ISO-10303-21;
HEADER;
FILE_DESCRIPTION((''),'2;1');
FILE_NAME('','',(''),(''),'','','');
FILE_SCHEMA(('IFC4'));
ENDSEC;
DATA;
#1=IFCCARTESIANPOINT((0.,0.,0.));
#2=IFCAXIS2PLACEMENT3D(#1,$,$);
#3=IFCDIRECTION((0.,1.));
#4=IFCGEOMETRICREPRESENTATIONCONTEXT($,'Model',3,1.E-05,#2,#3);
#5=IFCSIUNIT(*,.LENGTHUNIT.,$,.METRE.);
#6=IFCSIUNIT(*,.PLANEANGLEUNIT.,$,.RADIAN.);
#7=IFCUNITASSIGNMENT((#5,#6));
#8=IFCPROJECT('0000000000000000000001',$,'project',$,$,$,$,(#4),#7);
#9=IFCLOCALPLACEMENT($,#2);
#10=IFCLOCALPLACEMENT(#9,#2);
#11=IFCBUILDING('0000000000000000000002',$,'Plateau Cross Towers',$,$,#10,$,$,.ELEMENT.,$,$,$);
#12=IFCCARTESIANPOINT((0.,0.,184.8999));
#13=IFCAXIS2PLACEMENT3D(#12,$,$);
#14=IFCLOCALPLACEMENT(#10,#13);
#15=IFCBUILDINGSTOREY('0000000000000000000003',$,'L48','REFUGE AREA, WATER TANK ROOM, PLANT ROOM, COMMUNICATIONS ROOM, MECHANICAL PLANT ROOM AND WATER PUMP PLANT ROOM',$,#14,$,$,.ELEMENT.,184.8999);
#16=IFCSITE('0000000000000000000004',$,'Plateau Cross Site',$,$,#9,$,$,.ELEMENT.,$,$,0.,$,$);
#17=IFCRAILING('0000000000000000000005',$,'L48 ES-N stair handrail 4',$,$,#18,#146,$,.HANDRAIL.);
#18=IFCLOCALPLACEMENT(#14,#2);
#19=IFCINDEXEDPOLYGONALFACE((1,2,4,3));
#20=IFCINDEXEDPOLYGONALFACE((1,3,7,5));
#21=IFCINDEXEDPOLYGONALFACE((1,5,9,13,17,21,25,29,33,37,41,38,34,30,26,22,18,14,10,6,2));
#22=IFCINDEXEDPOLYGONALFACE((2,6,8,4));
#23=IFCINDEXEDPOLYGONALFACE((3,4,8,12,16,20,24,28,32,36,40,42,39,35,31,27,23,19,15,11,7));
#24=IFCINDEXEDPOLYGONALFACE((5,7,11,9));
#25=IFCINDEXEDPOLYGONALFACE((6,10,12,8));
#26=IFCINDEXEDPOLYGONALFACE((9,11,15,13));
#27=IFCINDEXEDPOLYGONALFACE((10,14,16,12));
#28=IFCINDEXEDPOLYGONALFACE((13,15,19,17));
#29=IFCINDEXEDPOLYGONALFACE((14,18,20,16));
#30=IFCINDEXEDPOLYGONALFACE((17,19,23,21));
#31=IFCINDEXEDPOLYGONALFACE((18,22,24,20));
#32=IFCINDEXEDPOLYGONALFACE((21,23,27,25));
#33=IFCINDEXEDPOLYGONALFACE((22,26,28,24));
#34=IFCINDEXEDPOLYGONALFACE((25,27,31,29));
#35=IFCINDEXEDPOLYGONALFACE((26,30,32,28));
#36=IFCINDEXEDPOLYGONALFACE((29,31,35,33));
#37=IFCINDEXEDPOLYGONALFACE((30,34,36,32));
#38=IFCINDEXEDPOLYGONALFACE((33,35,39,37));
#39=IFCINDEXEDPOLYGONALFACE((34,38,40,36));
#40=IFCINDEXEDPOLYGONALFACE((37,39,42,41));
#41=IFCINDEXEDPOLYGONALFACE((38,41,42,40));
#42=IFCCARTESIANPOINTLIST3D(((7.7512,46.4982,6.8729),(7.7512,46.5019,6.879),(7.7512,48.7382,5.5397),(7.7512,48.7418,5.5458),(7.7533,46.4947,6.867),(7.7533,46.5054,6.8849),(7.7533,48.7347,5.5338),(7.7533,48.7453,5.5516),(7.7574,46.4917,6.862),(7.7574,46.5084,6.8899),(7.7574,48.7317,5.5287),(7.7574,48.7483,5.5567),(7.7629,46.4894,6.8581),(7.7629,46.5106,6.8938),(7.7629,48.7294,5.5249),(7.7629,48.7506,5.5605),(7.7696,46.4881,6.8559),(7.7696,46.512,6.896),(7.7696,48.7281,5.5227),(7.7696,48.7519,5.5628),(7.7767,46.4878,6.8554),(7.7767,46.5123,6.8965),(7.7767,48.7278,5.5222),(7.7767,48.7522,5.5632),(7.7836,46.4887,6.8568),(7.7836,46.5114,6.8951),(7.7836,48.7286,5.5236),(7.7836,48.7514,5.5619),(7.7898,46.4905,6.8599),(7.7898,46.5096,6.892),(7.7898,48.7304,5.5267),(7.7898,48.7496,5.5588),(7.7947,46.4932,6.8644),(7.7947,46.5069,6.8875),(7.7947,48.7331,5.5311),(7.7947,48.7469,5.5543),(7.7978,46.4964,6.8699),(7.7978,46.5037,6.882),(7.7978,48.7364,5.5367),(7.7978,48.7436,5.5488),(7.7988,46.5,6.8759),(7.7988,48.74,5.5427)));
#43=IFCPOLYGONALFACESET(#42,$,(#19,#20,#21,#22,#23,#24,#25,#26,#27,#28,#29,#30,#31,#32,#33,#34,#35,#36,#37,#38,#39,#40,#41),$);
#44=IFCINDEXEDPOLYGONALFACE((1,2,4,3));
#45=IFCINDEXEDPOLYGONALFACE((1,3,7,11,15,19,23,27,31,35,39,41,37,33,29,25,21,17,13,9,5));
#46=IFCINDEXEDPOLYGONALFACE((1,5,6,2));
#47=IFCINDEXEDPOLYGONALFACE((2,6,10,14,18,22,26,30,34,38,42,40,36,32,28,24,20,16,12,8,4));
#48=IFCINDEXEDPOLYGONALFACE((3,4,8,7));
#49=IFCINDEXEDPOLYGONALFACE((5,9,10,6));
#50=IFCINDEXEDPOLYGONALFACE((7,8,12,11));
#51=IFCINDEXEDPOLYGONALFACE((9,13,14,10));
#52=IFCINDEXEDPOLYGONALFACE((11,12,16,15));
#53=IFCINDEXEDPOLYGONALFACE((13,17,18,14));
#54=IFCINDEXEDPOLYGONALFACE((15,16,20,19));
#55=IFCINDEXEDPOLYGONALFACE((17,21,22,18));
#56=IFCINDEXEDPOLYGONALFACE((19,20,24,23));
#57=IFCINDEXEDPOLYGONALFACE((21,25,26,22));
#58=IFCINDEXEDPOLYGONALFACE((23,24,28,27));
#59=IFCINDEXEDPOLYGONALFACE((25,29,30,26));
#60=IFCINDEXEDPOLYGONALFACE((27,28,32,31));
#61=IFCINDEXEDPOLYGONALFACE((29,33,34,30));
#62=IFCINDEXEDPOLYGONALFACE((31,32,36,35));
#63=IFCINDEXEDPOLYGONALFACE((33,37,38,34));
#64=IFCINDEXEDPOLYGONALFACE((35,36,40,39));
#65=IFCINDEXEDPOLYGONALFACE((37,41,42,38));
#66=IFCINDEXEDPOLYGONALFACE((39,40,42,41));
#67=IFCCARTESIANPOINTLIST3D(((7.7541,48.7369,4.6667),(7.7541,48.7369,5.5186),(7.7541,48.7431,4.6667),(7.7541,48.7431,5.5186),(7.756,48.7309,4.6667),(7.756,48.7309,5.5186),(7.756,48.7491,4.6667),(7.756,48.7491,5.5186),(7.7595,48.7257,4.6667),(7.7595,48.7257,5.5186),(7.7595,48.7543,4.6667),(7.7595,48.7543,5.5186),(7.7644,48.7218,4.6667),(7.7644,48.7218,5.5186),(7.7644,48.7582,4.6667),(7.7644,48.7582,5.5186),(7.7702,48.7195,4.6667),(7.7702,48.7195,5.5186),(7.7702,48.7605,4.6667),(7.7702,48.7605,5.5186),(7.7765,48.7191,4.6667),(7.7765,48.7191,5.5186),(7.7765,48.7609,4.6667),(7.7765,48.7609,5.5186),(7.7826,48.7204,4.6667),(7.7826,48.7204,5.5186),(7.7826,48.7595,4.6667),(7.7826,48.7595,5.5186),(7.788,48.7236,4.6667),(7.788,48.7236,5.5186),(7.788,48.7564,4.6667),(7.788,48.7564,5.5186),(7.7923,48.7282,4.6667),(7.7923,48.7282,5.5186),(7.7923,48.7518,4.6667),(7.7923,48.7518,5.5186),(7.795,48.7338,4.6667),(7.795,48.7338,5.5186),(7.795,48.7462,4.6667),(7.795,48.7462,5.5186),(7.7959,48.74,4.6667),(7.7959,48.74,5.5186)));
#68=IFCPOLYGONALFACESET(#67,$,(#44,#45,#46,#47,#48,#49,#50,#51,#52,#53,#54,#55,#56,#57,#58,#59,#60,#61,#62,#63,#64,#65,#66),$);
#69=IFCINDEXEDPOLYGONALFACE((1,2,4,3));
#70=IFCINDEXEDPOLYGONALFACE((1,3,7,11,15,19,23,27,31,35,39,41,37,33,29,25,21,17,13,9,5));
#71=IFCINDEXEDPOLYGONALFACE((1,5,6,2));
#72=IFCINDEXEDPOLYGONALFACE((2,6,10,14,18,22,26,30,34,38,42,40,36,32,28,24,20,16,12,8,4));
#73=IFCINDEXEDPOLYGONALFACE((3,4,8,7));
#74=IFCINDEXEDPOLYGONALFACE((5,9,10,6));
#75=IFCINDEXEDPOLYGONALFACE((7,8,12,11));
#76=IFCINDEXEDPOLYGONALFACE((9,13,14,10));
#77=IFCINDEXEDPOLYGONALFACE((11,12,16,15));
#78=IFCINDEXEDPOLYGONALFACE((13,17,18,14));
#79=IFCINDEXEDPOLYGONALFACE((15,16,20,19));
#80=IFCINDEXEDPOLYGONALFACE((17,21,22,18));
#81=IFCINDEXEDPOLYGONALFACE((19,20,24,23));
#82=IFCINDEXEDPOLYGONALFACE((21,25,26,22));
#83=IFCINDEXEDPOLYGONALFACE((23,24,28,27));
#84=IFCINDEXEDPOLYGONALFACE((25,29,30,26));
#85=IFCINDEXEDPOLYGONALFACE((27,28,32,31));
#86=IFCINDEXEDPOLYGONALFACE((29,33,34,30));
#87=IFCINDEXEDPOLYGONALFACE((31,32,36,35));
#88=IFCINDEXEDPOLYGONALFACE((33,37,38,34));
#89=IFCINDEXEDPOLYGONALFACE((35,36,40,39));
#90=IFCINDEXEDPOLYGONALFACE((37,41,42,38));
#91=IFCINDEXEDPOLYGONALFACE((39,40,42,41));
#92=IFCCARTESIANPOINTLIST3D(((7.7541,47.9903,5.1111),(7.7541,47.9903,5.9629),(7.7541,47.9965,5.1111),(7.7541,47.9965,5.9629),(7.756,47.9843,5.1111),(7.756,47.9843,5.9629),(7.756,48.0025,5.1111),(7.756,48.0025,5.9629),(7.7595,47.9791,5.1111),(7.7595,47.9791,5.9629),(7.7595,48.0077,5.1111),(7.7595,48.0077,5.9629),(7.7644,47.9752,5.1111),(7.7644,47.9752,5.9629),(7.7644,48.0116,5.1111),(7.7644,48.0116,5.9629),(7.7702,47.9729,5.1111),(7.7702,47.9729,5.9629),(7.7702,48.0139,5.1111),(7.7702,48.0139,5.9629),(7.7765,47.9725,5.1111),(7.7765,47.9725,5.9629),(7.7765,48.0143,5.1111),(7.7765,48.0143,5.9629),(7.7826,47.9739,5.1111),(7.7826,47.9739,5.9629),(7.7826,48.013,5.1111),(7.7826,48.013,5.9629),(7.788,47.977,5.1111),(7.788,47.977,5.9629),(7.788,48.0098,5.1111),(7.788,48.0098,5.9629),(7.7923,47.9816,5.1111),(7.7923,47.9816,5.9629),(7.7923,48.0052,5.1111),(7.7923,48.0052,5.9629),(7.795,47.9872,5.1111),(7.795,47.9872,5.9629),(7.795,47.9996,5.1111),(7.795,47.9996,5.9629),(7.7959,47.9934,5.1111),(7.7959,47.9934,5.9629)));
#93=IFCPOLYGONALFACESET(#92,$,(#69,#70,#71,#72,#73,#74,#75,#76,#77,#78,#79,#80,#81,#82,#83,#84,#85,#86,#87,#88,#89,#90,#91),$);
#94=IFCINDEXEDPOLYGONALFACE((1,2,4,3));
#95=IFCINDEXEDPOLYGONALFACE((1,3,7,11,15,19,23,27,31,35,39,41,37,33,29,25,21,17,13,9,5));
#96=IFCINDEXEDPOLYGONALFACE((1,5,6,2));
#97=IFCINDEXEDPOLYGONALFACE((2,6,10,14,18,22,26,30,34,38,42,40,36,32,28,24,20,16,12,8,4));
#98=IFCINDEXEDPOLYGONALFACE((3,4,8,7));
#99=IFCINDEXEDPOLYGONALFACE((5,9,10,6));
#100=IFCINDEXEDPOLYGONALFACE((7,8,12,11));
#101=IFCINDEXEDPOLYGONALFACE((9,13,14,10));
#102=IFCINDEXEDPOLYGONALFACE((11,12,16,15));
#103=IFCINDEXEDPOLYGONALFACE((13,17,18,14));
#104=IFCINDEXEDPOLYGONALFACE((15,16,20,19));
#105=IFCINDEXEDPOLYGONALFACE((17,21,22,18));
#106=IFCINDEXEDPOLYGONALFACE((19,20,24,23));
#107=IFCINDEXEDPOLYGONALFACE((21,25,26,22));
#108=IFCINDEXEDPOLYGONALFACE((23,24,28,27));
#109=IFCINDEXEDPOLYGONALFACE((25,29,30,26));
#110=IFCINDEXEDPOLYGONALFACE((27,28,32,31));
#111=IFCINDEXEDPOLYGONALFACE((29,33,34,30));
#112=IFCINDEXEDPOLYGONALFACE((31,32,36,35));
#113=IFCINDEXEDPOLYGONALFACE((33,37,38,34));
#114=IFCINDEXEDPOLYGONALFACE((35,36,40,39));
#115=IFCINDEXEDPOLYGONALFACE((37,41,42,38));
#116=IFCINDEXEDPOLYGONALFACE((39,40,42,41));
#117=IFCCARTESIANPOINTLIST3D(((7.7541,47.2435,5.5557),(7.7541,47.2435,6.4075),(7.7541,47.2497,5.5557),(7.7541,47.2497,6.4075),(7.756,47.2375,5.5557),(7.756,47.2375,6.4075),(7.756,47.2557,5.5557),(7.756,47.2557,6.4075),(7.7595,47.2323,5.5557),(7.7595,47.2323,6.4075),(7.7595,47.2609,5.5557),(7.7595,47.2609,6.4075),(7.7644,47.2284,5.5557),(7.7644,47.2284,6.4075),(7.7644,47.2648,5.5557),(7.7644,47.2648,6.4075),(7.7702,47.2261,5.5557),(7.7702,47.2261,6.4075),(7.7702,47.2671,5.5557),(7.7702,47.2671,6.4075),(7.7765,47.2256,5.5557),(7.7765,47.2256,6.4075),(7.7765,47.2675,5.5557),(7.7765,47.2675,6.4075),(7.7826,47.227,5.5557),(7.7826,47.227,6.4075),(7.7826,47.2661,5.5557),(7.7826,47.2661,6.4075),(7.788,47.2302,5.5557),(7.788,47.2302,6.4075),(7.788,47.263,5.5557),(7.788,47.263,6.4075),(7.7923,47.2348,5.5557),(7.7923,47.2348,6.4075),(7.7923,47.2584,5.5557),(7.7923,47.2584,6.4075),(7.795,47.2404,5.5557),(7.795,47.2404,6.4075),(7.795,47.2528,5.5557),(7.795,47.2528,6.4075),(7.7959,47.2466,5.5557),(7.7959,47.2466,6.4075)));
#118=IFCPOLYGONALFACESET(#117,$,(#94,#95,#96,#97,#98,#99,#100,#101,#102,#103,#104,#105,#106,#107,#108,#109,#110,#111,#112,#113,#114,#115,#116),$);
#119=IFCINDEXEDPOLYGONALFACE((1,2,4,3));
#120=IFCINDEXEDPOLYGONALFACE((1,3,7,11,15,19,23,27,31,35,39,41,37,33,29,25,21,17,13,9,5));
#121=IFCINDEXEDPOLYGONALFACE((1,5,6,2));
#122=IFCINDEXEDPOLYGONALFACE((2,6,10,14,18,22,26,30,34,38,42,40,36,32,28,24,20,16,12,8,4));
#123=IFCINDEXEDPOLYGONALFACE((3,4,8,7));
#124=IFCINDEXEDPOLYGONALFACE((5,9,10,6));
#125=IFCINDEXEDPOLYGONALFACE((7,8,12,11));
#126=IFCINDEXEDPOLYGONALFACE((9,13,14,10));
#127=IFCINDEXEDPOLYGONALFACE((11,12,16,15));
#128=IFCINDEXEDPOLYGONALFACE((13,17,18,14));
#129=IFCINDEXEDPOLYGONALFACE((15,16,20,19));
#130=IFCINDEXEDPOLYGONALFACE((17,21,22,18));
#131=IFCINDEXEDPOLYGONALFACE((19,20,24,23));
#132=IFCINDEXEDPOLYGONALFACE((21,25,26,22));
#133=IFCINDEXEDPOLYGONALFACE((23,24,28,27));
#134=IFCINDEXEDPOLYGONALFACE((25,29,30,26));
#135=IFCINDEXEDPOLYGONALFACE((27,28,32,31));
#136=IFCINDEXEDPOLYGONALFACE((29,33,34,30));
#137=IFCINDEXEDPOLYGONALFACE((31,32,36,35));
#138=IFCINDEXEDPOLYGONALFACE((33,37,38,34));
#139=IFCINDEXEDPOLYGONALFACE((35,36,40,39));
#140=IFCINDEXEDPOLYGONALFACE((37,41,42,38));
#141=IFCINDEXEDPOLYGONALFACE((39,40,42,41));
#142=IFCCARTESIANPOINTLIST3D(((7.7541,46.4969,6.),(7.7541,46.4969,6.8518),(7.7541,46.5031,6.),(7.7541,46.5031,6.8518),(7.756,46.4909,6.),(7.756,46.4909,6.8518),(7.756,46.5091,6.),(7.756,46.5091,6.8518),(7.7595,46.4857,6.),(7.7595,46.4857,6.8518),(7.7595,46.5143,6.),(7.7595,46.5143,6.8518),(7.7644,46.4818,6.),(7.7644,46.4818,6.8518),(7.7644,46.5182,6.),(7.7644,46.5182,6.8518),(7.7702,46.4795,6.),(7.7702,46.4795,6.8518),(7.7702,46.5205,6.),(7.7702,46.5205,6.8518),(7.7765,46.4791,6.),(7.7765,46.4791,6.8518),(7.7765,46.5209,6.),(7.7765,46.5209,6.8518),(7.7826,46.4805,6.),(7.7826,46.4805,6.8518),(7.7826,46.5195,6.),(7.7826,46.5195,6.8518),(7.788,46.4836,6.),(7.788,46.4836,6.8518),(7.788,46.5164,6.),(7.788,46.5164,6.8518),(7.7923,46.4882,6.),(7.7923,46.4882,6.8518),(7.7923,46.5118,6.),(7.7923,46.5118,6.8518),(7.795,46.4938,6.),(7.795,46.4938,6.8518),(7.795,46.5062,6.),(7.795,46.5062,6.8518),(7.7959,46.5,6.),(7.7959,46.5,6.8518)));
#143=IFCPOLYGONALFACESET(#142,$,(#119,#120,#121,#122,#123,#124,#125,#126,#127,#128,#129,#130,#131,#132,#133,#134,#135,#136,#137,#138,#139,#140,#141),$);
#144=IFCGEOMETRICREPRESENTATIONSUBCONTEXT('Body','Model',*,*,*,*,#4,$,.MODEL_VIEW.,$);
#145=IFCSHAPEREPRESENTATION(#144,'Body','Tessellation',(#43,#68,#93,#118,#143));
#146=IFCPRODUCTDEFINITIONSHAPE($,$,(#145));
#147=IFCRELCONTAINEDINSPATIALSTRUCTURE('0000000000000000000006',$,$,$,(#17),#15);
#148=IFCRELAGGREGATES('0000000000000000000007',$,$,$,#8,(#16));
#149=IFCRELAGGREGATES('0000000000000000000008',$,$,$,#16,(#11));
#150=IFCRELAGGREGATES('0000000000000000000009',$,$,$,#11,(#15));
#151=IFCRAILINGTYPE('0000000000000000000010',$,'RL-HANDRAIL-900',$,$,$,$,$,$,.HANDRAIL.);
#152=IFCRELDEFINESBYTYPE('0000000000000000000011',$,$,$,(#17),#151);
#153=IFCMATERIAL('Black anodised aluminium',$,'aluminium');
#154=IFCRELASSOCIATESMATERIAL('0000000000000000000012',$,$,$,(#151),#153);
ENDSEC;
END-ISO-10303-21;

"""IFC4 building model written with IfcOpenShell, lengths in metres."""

from ifc_helpers import new_model, si_unit, direction, frame, origin, origin_2d, place, context, subcontext, project, spatial, circle, extrude, material, type_object, element, save


model = new_model("IFC4")

# Units and contexts
model_context = context("Model", 3, precision=1e-05, world=origin(), true_north=direction((0.0, 1.0)))
body_context = subcontext(model_context, "Body", "Model", "MODEL_VIEW")
ifc_project = project(units=[si_unit("LENGTHUNIT", "METRE"), si_unit("PLANEANGLEUNIT", "RADIAN")], contexts=[model_context])

# Site, building, storey
site_placement = place(None, origin())
site = spatial("IfcSite", under=ifc_project, at=site_placement, Name="Plateau Cross Site", CompositionType="ELEMENT", RefElevation=0.0)
building_placement = place(site_placement, origin())
building = spatial("IfcBuilding", under=site, at=building_placement, Name="Plateau Cross Towers", CompositionType="ELEMENT")
storey_placement = place(building_placement, frame((0.0, 0.0, 184.8999)))
storey = spatial("IfcBuildingStorey", under=building, at=storey_placement, Name="L48", Description="REFUGE AREA, WATER TANK ROOM, PLANT ROOM, COMMUNICATIONS ROOM, MECHANICAL PLANT ROOM AND WATER PUMP PLANT ROOM", CompositionType="ELEMENT", Elevation=184.8999)

# Shared definitions
ifc_material_1 = material(Name="Black anodised aluminium", Category="aluminium")

# Railing
railing_type_1 = type_object("IfcRailingType", Name="RL-HANDRAIL-900", PredefinedType="HANDRAIL", material=ifc_material_1)
railing_1_placement = place(storey_placement, frame((7.7749, 48.74, 4.6667)))
element("IfcRailing", 1, at=railing_1_placement, inside=storey, type_object=railing_type_1, Name="L48 ES-N stair handrail 4", PredefinedType="HANDRAIL", context=body_context, shape_type="SweptSolid", body=[
    extrude(circle(Radius=0.0239, at=origin_2d()), frame((0.0, 0.0, 0.876), z_axis=(0.0, -0.859306, 0.511462), x_axis=(1.0, 0.0, 0.0)), (0.0, 0.0, 1.0), 2.6067),
    extrude(circle(Radius=0.021, at=origin_2d()), origin(), (0.0, 0.0, 1.0), 0.8518),
    extrude(circle(Radius=0.021, at=origin_2d()), frame((0.0, -0.7466, 0.4443)), (0.0, 0.0, 1.0), 0.8518),
    extrude(circle(Radius=0.021, at=origin_2d()), frame((0.0, -1.4934, 0.8889)), (0.0, 0.0, 1.0), 0.8518),
    extrude(circle(Radius=0.021, at=origin_2d()), frame((0.0, -2.24, 1.3333)), (0.0, 0.0, 1.0), 0.8518),
])

save(model, "model.ifc")
